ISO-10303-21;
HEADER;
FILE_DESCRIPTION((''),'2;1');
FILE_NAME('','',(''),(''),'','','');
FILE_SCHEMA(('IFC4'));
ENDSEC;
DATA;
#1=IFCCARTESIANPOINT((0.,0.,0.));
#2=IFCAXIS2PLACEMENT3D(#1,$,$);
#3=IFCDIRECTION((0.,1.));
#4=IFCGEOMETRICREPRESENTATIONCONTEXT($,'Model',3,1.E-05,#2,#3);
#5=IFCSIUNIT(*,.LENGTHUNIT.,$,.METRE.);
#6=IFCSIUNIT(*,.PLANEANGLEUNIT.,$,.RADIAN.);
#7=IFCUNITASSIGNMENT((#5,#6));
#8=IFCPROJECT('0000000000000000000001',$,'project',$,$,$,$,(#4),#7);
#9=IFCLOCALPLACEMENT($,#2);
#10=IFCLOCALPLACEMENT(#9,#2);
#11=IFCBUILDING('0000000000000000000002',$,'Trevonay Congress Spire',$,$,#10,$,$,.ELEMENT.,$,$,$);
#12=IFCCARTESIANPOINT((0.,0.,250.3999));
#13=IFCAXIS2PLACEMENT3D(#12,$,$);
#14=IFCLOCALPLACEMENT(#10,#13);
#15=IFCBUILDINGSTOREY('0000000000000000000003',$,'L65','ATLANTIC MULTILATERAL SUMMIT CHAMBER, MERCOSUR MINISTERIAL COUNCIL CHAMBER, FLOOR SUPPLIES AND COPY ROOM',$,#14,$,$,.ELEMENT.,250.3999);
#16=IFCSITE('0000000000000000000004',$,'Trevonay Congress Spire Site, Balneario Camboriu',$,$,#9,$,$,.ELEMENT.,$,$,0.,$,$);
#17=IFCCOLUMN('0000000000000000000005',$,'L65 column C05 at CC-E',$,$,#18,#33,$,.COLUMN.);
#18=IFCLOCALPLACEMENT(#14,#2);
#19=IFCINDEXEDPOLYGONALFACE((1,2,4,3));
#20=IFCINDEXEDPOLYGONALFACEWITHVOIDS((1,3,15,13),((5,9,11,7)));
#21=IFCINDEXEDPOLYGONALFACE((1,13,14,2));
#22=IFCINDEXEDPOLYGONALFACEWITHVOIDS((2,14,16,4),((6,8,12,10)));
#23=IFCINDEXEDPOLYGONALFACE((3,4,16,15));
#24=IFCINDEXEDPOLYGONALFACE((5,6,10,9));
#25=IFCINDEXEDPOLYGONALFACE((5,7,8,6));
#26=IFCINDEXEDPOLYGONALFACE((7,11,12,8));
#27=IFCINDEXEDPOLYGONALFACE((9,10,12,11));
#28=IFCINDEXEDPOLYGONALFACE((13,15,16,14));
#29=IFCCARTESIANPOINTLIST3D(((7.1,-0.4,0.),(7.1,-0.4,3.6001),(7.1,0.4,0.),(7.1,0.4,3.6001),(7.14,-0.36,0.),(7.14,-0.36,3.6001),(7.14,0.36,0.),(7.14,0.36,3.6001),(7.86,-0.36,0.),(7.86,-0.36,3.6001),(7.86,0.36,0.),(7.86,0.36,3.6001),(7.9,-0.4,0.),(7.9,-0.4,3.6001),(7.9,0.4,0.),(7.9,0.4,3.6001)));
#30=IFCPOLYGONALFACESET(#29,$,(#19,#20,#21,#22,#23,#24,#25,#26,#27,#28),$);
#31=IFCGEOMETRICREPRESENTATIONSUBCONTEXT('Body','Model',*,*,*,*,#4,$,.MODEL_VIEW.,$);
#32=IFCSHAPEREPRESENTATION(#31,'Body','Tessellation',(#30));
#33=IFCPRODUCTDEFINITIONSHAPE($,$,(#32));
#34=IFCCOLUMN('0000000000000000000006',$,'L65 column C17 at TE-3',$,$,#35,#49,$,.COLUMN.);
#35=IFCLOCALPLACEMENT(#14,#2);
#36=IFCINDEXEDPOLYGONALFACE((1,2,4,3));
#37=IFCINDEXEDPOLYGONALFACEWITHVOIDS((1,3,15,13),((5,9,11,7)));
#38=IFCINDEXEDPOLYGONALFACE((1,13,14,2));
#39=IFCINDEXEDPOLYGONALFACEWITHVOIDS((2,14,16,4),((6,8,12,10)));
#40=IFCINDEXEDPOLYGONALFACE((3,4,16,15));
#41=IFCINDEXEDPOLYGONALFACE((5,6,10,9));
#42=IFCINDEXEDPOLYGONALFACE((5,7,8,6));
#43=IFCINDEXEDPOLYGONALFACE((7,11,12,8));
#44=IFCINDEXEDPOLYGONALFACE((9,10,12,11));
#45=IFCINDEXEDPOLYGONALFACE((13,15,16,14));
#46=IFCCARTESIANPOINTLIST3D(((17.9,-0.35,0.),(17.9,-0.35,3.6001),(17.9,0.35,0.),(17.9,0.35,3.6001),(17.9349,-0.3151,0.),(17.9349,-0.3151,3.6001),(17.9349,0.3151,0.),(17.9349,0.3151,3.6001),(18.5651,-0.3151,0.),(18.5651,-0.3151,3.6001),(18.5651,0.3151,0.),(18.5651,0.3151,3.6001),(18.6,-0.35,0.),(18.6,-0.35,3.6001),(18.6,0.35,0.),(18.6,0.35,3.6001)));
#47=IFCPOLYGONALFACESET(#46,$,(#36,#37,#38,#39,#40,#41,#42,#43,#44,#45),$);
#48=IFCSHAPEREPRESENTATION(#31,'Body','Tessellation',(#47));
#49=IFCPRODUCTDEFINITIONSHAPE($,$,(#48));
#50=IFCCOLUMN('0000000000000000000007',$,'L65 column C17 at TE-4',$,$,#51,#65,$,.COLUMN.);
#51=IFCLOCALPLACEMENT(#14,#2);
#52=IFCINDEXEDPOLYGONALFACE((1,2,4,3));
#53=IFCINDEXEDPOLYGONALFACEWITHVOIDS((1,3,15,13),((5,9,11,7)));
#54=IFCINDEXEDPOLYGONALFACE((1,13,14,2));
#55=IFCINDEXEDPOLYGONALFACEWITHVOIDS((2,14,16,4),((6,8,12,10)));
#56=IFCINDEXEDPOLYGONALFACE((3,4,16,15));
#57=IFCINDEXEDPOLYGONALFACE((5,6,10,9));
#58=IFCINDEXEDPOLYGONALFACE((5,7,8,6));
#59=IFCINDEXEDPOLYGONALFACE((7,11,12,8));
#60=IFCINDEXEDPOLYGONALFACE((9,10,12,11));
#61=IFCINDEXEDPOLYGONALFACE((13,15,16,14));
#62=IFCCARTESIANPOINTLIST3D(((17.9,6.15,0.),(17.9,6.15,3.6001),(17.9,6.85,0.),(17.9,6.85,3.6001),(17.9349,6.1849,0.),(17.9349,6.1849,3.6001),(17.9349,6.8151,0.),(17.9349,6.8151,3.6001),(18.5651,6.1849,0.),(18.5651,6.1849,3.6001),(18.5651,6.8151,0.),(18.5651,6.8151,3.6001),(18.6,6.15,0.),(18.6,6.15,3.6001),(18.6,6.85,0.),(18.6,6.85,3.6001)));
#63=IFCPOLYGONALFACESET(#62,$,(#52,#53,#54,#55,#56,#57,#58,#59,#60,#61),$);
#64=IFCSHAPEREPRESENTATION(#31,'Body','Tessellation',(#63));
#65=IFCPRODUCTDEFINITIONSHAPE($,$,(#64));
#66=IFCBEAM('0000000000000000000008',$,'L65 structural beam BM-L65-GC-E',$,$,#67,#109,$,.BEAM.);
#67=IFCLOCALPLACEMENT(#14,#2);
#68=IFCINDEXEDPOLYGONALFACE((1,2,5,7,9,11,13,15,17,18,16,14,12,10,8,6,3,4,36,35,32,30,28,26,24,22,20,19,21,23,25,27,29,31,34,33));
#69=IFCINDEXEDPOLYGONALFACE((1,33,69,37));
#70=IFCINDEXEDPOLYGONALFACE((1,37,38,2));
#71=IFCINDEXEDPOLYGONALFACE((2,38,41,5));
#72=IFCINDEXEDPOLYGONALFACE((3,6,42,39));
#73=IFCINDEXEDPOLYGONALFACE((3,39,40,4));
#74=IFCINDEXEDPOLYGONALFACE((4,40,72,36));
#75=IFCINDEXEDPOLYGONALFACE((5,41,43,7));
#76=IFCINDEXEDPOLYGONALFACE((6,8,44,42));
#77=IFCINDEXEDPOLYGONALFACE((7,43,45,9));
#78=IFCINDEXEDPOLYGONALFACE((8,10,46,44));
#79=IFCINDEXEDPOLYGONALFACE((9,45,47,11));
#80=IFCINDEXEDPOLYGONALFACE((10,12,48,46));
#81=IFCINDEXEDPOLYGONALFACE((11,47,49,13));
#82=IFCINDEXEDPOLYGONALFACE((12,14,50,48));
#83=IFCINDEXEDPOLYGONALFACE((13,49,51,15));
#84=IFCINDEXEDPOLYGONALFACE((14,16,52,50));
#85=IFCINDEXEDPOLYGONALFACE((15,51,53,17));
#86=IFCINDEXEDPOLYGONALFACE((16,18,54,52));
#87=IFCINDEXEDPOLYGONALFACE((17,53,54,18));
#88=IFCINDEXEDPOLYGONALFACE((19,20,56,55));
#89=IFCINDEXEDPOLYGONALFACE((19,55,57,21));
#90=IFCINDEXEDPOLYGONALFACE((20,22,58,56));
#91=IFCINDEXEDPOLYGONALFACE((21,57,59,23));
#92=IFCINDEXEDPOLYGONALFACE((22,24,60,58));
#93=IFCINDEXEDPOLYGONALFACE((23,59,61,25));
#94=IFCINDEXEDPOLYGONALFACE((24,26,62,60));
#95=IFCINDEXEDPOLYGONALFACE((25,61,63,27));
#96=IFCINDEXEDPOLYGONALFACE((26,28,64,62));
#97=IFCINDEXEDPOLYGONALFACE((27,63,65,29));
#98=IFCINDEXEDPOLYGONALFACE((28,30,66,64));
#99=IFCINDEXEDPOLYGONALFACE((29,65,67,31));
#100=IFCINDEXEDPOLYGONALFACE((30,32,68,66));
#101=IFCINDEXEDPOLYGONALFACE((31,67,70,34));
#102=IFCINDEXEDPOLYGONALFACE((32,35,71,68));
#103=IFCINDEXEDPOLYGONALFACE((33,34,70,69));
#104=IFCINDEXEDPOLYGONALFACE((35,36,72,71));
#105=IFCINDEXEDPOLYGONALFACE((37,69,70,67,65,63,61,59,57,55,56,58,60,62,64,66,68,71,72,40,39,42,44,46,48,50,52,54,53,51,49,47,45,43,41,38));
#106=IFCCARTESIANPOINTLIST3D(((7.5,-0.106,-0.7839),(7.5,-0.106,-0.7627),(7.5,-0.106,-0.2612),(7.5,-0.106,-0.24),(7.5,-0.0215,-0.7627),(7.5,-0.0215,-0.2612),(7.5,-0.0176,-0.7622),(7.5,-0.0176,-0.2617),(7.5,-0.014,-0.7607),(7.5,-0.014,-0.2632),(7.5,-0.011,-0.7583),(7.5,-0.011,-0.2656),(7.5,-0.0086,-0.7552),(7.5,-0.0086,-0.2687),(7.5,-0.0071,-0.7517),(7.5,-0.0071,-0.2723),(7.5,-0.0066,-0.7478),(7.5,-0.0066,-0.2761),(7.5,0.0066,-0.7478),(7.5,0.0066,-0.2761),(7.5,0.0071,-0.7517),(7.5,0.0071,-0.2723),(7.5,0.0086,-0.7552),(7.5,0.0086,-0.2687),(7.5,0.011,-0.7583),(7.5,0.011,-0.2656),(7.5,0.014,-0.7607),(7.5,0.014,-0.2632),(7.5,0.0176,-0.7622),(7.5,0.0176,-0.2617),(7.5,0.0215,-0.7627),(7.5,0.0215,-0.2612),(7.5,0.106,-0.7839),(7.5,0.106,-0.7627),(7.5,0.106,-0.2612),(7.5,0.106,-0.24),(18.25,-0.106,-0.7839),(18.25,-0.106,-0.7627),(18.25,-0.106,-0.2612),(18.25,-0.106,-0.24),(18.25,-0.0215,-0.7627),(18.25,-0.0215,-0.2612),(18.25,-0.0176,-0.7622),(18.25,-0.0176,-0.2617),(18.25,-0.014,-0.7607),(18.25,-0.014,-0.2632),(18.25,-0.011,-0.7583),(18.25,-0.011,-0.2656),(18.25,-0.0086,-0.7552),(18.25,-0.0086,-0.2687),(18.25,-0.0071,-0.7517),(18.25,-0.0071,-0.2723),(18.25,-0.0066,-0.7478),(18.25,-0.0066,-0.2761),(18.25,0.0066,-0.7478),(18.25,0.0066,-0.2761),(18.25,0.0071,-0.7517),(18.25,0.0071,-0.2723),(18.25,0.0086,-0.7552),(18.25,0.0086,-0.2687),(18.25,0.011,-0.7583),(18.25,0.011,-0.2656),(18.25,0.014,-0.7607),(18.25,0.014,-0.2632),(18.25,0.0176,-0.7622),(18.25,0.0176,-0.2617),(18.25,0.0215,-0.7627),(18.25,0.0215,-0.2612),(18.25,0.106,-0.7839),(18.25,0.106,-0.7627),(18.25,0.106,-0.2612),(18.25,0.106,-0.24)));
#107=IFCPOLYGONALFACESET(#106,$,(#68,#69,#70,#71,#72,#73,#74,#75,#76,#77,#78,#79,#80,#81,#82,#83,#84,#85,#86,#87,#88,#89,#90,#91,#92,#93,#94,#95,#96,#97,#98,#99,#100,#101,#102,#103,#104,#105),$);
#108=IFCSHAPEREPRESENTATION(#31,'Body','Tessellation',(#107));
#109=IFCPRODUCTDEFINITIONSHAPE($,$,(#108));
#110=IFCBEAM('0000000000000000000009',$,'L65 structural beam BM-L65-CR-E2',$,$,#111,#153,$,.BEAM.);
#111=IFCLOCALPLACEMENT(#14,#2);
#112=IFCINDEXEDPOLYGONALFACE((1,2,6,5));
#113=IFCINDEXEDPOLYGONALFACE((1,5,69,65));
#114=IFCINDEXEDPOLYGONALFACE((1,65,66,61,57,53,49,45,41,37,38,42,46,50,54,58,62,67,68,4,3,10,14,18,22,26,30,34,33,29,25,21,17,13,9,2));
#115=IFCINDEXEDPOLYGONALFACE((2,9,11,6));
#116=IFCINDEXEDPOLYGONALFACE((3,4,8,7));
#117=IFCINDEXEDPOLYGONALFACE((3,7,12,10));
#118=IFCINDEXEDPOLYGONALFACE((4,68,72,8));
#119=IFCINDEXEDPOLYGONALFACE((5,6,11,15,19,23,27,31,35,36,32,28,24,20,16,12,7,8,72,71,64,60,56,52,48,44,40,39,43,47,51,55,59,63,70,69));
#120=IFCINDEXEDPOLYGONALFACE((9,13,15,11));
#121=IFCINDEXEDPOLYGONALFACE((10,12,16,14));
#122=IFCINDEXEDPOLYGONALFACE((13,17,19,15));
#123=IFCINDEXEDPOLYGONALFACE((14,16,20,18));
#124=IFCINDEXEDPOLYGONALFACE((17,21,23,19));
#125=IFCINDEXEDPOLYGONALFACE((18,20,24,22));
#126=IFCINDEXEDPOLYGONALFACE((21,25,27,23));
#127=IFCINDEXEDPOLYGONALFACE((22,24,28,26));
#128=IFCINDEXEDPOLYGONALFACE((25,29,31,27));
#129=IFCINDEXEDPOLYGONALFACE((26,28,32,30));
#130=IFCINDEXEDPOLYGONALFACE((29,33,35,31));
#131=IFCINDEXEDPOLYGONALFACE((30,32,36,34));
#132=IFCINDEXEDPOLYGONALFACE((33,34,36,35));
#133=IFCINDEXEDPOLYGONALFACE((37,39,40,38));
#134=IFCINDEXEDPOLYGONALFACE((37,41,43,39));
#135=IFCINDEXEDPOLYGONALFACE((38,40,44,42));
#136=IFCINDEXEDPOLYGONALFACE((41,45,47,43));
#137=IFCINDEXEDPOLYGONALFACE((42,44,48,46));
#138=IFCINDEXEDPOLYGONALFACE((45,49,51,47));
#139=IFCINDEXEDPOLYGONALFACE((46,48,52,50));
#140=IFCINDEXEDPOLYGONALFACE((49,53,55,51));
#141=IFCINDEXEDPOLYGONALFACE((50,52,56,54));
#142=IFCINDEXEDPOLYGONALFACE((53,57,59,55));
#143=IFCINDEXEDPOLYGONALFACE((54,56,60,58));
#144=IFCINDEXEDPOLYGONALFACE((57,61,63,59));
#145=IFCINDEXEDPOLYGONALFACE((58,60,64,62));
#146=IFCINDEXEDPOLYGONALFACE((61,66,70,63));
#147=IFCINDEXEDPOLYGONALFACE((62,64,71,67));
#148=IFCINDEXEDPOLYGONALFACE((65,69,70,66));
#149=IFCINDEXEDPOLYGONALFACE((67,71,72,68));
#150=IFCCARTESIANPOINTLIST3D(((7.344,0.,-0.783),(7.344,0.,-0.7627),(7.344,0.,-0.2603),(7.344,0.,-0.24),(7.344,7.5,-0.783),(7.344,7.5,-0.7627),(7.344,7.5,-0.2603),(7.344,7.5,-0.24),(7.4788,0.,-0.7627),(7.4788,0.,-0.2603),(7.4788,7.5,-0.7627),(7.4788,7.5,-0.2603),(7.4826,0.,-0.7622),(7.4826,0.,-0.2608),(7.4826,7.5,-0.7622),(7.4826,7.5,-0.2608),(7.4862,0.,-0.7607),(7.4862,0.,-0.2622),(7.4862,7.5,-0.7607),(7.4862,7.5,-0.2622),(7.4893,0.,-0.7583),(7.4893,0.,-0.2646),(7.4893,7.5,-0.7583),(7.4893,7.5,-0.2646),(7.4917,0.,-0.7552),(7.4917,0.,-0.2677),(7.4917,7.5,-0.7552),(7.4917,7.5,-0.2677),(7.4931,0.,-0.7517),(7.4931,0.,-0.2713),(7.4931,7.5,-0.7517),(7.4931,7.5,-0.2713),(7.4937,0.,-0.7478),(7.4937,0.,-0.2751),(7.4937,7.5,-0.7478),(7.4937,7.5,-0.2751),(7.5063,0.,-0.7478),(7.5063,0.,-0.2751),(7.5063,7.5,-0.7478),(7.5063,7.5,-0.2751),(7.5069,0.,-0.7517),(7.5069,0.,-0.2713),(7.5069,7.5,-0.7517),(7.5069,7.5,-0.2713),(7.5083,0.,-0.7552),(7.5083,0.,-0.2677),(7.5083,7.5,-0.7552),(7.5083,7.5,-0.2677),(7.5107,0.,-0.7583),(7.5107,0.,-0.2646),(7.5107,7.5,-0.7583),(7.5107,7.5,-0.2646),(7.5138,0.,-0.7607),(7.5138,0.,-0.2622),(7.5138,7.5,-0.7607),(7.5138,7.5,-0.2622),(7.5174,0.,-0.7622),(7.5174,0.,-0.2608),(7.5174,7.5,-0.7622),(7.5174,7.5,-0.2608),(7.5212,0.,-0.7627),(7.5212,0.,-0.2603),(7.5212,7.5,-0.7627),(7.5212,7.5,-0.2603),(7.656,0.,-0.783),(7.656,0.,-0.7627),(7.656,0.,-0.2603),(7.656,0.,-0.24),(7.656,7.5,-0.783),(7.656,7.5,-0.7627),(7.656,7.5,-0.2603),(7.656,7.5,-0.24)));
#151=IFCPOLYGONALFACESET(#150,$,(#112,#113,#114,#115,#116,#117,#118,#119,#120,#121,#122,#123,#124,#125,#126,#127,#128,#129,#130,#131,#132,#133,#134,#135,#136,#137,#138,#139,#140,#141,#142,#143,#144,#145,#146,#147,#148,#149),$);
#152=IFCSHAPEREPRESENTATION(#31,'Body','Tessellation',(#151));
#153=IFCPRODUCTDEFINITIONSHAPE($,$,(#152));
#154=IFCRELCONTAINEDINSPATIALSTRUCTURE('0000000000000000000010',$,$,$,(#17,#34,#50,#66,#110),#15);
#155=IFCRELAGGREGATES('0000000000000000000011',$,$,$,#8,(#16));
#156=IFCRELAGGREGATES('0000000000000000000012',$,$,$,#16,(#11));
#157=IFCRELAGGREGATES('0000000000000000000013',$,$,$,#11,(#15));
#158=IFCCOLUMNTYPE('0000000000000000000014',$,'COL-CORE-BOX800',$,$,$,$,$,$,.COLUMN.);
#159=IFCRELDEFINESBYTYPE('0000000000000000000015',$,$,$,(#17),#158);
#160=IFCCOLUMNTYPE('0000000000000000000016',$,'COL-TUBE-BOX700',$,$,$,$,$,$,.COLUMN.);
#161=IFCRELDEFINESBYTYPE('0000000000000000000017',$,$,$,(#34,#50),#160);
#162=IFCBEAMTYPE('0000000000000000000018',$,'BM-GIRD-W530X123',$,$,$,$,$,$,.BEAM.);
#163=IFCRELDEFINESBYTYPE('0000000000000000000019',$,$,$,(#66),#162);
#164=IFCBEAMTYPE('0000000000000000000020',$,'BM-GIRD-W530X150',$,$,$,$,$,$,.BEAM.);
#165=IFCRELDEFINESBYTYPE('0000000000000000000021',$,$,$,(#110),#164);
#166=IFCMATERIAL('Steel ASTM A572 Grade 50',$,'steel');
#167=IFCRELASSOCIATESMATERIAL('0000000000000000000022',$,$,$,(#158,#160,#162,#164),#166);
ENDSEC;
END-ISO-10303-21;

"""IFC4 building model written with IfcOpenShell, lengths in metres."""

from ifc_helpers import new_model, si_unit, direction, frame, origin, origin_2d, place, context, subcontext, project, spatial, hollow_rectangle, i_section, extrude, material, material_profile, profile_set, type_object, element, save


model = new_model("IFC4")

# Units and contexts
model_context = context("Model", 3, precision=1e-05, world=origin(), true_north=direction((0.0, 1.0)))
body_context = subcontext(model_context, "Body", "Model", "MODEL_VIEW")
ifc_project = project(units=[si_unit("LENGTHUNIT", "METRE"), si_unit("PLANEANGLEUNIT", "RADIAN")], contexts=[model_context])

# Site, building, storey
site_placement = place(None, origin())
site = spatial("IfcSite", under=ifc_project, at=site_placement, Name="Trevonay Congress Spire Site, Balneario Camboriu", CompositionType="ELEMENT", RefElevation=0.0)
building_placement = place(site_placement, origin())
building = spatial("IfcBuilding", under=site, at=building_placement, Name="Trevonay Congress Spire", CompositionType="ELEMENT")
storey_placement = place(building_placement, frame((0.0, 0.0, 250.3999)))
storey = spatial("IfcBuildingStorey", under=building, at=storey_placement, Name="L65", Description="ATLANTIC MULTILATERAL SUMMIT CHAMBER, MERCOSUR MINISTERIAL COUNCIL CHAMBER, FLOOR SUPPLIES AND COPY ROOM", CompositionType="ELEMENT", Elevation=250.3999)

# Columns
ifc_material_1 = material(Name="Steel ASTM A572 Grade 50", Category="steel")
ifc_material_profile_1 = material_profile(ifc_material_1, hollow_rectangle(XDim=0.8, YDim=0.8, WallThickness=0.04, at=origin_2d()), Name="BOX 800x800x40")
ifc_profile_set_1 = profile_set([ifc_material_profile_1], Name="Steel ASTM A572 Grade 50")
column_type_1 = type_object("IfcColumnType", Name="COL-CORE-BOX800", PredefinedType="COLUMN", material=ifc_profile_set_1)
column_placement = place(storey_placement, frame((7.5, 0.0, 0.0), z_axis=(0.0, 0.0, 1.0), x_axis=(1.0, 0.0, 0.0)))
element("IfcColumn", 1, at=column_placement, inside=storey, type_object=column_type_1, Name="L65 column C05 at CC-E", PredefinedType="COLUMN", context=body_context, shape_type="SweptSolid", body=[
    extrude(hollow_rectangle(XDim=0.8, YDim=0.8, WallThickness=0.04, at=origin_2d()), origin(), (0.0, 0.0, 1.0), 3.6001),
])
ifc_material_profile_2 = material_profile(ifc_material_1, hollow_rectangle(XDim=0.7, YDim=0.7, WallThickness=0.0349, at=origin_2d()), Name="BOX 700x700x35")
ifc_profile_set_2 = profile_set([ifc_material_profile_2], Name="Steel ASTM A572 Grade 50")
column_type_2 = type_object("IfcColumnType", Name="COL-TUBE-BOX700", PredefinedType="COLUMN", material=ifc_profile_set_2)
for number, where, z_axis, x_axis, name in (
    (2, (18.25, 0.0, 0.0), (0.0, 0.0, 1.0), (1.0, 0.0, 0.0), "L65 column C17 at TE-3"),
    (3, (18.25, 6.5, 0.0), (0.0, 0.0, 1.0), (1.0, 0.0, 0.0), "L65 column C17 at TE-4"),
):
    element("IfcColumn", number, at=place(storey_placement, frame(where, z_axis=z_axis, x_axis=x_axis)), inside=storey, type_object=column_type_2, Name=name, PredefinedType="COLUMN", context=body_context, shape_type="SweptSolid", body=[
        extrude(hollow_rectangle(XDim=0.7, YDim=0.7, WallThickness=0.0349, at=origin_2d()), origin(), (0.0, 0.0, 1.0), 3.6001),
    ])

# Beams
ifc_material_profile_3 = material_profile(ifc_material_1, i_section(OverallWidth=0.2119, OverallDepth=0.5439, WebThickness=0.0132, FlangeThickness=0.0212, FilletRadius=0.0149, at=origin_2d()), Name="W530x123")
ifc_profile_set_3 = profile_set([ifc_material_profile_3], Name="Steel ASTM A572 Grade 50")
beam_type_1 = type_object("IfcBeamType", Name="BM-GIRD-W530X123", PredefinedType="BEAM", material=ifc_profile_set_3)
beam_1_placement = place(storey_placement, frame((7.5, 0.0, -0.512), z_axis=(1.0, 0.0, 0.0), x_axis=(0.0, 1.0, 0.0)))
element("IfcBeam", 4, at=beam_1_placement, inside=storey, type_object=beam_type_1, Name="L65 structural beam BM-L65-GC-E", PredefinedType="BEAM", context=body_context, shape_type="SweptSolid", body=[
    extrude(i_section(OverallWidth=0.2119, OverallDepth=0.5439, WebThickness=0.0132, FlangeThickness=0.0212, FilletRadius=0.0149, at=origin_2d()), origin(), (0.0, 0.0, 1.0), 10.75),
])
ifc_material_profile_4 = material_profile(ifc_material_1, i_section(OverallWidth=0.312, OverallDepth=0.543, WebThickness=0.0127, FlangeThickness=0.0203, FilletRadius=0.0149, at=origin_2d()), Name="W530x150")
ifc_profile_set_4 = profile_set([ifc_material_profile_4], Name="Steel ASTM A572 Grade 50")
beam_type_2 = type_object("IfcBeamType", Name="BM-GIRD-W530X150", PredefinedType="BEAM", material=ifc_profile_set_4)
beam_2_placement = place(storey_placement, frame((7.5, 0.0, -0.5115), z_axis=(0.0, 1.0, 0.0), x_axis=(-1.0, 0.0, 0.0)))
element("IfcBeam", 5, at=beam_2_placement, inside=storey, type_object=beam_type_2, Name="L65 structural beam BM-L65-CR-E2", PredefinedType="BEAM", context=body_context, shape_type="SweptSolid", body=[
    extrude(i_section(OverallWidth=0.312, OverallDepth=0.543, WebThickness=0.0127, FlangeThickness=0.0203, FilletRadius=0.0149, at=origin_2d()), origin(), (0.0, 0.0, 1.0), 7.5),
])

save(model, "model.ifc")
